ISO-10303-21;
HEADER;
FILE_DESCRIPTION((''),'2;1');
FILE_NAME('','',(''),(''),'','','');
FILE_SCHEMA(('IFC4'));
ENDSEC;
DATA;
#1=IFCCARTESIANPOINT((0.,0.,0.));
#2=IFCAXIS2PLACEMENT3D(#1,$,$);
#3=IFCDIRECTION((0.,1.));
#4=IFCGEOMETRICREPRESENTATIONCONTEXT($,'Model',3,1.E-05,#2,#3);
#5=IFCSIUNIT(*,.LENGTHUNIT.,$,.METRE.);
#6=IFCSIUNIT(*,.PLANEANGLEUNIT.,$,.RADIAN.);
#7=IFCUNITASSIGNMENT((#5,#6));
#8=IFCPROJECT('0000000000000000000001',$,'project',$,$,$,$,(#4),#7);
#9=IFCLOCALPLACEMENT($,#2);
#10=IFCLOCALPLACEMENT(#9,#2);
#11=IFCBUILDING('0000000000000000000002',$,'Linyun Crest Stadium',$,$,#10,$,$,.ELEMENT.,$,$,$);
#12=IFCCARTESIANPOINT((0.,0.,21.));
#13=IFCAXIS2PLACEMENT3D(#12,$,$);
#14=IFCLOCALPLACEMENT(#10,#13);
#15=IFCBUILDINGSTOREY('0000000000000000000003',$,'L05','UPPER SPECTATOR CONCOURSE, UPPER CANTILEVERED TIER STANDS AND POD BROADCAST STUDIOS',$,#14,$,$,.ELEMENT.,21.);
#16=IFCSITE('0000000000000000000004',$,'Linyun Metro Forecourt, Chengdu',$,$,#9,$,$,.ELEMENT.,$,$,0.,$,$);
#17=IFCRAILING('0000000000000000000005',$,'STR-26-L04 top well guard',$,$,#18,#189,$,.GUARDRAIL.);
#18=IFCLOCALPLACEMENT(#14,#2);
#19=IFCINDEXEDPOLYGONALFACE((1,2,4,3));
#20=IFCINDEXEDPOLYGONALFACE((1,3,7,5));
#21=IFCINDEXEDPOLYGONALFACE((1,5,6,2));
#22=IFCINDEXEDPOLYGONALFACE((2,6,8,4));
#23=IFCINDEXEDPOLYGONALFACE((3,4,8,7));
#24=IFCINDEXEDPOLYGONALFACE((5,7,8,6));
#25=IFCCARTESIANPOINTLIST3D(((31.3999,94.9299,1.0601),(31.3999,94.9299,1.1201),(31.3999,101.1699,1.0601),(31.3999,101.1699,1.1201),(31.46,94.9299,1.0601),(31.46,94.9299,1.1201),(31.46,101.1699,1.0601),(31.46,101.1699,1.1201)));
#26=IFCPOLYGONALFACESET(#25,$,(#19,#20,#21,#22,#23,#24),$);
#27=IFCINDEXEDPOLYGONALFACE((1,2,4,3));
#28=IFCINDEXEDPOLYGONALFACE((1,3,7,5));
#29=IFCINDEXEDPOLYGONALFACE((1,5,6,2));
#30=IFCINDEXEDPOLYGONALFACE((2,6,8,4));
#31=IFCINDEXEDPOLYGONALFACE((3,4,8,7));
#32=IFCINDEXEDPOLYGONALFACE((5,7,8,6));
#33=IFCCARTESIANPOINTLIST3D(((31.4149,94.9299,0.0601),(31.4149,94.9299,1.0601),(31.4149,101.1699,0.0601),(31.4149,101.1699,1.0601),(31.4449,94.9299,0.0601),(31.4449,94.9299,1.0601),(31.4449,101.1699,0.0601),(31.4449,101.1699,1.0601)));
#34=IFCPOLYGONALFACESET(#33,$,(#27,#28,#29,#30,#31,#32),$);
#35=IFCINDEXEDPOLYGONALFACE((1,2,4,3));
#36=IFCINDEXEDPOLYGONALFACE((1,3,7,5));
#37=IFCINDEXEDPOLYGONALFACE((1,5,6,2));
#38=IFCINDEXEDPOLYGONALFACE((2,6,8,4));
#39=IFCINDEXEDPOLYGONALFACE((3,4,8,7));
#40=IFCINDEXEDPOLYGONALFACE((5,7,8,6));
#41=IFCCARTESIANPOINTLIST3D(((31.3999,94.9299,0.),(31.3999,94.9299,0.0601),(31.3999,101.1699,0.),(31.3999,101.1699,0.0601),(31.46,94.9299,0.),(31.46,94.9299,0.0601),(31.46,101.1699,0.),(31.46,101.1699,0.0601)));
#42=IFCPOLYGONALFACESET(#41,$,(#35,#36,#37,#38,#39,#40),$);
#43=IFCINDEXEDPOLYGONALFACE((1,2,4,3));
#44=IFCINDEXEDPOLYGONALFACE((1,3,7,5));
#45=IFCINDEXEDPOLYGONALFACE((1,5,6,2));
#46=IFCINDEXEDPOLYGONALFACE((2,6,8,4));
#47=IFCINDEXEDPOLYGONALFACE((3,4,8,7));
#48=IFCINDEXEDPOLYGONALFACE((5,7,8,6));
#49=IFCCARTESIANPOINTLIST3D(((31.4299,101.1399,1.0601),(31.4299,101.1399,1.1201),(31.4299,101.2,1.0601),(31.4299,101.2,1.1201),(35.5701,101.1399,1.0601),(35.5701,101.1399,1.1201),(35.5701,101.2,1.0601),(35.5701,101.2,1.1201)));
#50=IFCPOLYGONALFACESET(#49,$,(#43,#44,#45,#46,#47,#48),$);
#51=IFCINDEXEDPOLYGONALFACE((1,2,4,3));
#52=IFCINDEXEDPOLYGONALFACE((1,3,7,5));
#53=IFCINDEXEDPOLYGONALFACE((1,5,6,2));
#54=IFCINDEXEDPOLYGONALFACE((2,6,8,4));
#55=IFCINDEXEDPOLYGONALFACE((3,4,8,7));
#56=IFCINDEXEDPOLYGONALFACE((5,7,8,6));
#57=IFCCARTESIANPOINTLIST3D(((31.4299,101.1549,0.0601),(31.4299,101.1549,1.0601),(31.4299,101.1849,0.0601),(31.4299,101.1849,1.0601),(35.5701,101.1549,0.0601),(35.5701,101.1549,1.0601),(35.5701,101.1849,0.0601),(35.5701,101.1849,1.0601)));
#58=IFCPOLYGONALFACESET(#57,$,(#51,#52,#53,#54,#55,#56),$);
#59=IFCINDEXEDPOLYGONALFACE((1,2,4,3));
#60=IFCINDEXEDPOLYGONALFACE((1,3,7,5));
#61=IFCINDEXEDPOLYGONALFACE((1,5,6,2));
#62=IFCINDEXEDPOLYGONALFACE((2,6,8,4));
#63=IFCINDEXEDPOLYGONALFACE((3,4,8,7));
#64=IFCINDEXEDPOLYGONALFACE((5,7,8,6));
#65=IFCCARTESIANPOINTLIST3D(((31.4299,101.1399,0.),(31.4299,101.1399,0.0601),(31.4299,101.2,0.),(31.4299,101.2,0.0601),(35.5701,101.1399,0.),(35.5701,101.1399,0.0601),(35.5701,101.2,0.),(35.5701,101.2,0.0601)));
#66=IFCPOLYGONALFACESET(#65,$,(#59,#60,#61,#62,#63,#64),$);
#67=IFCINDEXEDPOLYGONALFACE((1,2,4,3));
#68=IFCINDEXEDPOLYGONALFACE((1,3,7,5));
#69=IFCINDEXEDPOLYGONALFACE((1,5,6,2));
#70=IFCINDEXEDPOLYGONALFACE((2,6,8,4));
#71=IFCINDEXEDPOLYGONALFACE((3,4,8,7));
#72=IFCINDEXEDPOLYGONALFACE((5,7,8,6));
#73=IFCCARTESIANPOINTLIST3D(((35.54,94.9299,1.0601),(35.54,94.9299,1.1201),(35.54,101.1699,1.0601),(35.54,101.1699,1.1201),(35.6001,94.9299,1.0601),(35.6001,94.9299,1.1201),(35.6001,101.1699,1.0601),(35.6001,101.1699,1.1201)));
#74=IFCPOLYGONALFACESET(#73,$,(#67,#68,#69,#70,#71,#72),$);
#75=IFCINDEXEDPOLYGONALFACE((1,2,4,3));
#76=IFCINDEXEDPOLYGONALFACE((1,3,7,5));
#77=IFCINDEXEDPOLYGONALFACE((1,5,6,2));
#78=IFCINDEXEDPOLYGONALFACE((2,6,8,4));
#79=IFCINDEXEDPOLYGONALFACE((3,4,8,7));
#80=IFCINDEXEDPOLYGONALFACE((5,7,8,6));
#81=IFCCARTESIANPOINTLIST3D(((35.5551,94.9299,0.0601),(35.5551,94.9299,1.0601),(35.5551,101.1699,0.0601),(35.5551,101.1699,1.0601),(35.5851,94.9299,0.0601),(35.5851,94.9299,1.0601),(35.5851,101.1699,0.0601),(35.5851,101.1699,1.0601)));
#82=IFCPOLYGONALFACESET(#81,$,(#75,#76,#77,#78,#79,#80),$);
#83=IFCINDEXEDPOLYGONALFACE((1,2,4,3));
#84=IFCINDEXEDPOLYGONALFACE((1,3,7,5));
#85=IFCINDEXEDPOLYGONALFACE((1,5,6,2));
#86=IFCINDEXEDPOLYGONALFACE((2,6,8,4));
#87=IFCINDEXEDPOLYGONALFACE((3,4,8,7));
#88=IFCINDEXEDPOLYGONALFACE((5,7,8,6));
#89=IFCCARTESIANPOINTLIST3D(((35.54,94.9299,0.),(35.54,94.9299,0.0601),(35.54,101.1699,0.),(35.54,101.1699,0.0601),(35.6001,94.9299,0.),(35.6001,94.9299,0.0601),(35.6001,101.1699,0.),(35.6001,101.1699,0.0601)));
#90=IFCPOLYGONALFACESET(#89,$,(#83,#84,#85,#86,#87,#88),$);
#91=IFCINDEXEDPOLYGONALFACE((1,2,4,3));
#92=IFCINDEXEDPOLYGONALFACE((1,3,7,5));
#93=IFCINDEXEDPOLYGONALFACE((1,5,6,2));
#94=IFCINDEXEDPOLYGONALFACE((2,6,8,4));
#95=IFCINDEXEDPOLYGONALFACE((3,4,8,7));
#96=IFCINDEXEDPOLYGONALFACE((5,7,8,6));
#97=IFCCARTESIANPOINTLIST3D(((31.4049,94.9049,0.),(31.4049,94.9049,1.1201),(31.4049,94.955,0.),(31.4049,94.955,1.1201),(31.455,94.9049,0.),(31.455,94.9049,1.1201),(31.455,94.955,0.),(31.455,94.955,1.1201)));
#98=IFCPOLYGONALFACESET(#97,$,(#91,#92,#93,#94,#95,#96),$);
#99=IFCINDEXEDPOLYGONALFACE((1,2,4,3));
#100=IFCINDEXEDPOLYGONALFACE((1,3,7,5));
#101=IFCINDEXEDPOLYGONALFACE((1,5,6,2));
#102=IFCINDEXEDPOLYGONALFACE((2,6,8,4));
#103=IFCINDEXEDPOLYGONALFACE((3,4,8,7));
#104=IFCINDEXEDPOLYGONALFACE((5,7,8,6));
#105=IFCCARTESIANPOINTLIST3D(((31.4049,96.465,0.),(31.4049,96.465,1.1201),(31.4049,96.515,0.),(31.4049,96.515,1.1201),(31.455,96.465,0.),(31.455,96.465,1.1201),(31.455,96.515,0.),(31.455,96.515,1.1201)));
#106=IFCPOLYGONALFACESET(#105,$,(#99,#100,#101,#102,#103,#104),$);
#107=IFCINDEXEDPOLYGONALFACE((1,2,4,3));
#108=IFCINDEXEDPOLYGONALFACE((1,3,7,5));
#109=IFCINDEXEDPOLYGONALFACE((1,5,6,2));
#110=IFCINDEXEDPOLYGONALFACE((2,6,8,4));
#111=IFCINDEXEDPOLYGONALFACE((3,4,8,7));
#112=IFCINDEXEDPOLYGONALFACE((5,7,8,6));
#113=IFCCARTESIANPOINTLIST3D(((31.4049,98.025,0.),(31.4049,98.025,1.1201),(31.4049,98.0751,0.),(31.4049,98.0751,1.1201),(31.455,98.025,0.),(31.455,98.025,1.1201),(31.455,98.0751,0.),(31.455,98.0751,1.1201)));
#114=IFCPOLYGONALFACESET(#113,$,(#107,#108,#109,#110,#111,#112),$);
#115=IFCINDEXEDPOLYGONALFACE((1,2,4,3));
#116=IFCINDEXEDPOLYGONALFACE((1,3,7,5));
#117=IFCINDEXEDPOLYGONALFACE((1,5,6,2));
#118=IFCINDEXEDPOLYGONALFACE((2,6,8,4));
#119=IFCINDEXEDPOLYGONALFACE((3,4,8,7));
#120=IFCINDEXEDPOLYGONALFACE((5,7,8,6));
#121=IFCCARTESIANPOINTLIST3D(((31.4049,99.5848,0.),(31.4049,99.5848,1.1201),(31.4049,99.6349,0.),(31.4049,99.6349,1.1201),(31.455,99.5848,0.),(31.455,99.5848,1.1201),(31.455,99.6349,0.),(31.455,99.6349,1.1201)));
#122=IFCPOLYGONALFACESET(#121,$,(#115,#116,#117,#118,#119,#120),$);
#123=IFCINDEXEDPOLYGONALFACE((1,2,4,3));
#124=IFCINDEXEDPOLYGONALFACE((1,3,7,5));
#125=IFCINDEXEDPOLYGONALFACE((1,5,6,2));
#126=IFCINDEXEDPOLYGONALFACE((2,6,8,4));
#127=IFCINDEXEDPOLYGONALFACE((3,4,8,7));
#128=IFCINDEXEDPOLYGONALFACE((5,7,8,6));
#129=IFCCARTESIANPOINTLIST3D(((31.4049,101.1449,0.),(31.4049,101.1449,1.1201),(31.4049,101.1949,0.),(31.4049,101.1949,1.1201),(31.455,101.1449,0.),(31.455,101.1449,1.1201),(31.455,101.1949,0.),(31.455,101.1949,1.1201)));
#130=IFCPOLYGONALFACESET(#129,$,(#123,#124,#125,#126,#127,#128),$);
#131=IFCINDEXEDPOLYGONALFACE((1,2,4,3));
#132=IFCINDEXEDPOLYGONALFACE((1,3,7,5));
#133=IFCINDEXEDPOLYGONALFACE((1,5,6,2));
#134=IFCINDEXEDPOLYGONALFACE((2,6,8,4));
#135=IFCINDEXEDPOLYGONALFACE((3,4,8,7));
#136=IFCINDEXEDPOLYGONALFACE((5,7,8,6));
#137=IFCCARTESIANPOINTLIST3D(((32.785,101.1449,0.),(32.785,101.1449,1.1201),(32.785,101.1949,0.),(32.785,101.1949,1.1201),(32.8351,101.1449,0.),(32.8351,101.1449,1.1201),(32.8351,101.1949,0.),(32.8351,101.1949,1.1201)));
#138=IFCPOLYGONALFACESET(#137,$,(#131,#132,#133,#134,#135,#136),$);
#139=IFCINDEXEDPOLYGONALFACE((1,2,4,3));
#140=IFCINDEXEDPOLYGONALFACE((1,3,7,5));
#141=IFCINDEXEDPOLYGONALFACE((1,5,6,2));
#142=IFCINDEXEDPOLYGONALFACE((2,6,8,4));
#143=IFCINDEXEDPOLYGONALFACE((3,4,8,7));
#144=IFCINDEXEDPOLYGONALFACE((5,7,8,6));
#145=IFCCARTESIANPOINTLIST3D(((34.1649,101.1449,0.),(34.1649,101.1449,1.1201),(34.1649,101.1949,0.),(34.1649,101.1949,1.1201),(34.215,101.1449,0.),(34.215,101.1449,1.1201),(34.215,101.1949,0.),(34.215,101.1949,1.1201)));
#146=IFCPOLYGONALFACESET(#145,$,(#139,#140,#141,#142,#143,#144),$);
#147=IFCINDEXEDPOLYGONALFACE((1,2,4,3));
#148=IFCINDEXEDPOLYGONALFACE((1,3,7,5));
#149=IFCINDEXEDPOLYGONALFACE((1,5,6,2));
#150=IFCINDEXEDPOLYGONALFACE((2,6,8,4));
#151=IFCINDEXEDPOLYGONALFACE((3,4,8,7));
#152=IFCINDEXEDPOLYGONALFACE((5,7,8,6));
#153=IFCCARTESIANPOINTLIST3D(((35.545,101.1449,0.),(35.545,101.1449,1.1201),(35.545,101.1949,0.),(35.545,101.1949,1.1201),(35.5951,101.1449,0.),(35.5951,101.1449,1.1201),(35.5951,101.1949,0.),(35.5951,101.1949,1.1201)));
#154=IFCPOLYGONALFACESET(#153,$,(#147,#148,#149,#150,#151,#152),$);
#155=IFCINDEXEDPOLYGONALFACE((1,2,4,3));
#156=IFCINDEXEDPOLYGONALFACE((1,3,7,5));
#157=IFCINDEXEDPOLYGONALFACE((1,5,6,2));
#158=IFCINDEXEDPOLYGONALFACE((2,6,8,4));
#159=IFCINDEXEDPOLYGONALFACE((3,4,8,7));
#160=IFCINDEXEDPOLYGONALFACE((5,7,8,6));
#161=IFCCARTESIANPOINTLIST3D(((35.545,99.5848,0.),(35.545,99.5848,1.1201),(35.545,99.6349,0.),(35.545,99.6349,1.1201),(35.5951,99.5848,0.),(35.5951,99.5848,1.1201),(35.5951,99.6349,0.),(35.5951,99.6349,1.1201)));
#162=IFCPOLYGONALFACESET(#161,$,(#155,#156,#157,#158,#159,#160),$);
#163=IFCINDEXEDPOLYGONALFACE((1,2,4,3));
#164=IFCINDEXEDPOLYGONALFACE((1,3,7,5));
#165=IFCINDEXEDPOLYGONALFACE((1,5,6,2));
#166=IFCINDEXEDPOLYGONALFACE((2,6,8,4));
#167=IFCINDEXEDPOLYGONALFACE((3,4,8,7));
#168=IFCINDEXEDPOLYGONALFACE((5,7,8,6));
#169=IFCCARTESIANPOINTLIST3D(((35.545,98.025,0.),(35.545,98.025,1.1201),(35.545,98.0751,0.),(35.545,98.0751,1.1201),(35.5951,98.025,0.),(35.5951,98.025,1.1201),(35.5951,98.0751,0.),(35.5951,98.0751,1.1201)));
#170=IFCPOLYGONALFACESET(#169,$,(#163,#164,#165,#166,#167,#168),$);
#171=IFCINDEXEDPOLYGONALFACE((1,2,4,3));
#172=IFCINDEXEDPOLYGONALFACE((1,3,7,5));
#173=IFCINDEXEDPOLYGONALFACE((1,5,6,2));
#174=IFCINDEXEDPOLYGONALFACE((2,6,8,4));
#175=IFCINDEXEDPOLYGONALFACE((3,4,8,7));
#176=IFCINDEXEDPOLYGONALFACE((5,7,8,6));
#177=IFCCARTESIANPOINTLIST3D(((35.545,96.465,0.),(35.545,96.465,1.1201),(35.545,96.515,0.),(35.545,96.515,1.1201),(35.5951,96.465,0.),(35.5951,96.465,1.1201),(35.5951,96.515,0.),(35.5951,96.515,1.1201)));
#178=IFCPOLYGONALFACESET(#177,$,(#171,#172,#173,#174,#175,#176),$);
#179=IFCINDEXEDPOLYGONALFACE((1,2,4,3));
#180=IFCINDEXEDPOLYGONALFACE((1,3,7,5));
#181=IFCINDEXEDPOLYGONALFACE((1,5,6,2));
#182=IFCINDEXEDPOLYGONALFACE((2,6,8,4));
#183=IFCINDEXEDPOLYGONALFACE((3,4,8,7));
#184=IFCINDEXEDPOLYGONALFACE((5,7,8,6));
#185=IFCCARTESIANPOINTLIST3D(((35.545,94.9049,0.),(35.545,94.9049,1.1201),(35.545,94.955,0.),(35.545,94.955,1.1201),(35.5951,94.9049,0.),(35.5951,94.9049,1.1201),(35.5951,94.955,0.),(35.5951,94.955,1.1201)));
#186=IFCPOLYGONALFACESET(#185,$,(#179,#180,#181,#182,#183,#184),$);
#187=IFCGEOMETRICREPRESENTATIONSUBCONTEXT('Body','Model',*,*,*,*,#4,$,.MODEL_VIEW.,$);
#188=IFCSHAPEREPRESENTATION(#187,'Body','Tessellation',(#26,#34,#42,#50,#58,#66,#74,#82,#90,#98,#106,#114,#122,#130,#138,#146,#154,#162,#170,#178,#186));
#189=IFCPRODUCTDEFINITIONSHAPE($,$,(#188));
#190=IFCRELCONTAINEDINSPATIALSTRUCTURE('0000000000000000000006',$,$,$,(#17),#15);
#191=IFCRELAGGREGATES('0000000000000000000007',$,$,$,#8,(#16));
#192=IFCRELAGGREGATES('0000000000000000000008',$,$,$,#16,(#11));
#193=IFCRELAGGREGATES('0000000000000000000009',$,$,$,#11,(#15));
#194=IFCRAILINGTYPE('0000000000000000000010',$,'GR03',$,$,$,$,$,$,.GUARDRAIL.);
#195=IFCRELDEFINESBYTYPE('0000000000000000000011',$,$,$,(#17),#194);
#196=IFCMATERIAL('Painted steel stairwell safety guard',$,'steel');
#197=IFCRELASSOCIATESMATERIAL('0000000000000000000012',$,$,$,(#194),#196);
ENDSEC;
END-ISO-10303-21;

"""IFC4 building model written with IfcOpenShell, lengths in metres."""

from ifc_helpers import new_model, si_unit, direction, frame, origin, origin_2d, place, context, subcontext, project, spatial, rectangle, extrude, material, type_object, element, save


model = new_model("IFC4")

# Units and contexts
model_context = context("Model", 3, precision=1e-05, world=origin(), true_north=direction((0.0, 1.0)))
body_context = subcontext(model_context, "Body", "Model", "MODEL_VIEW")
ifc_project = project(units=[si_unit("LENGTHUNIT", "METRE"), si_unit("PLANEANGLEUNIT", "RADIAN")], contexts=[model_context])

# Site, building, storey
site_placement = place(None, origin())
site = spatial("IfcSite", under=ifc_project, at=site_placement, Name="Linyun Metro Forecourt, Chengdu", CompositionType="ELEMENT", RefElevation=0.0)
building_placement = place(site_placement, origin())
building = spatial("IfcBuilding", under=site, at=building_placement, Name="Linyun Crest Stadium", CompositionType="ELEMENT")
storey_placement = place(building_placement, frame((0.0, 0.0, 21.0)))
storey = spatial("IfcBuildingStorey", under=building, at=storey_placement, Name="L05", Description="UPPER SPECTATOR CONCOURSE, UPPER CANTILEVERED TIER STANDS AND POD BROADCAST STUDIOS", CompositionType="ELEMENT", Elevation=21.0)

# Railing
ifc_material_1 = material(Name="Painted steel stairwell safety guard", Category="steel")
railing_type_1 = type_object("IfcRailingType", Name="GR03", PredefinedType="GUARDRAIL", material=ifc_material_1)
railing_1_placement = place(storey_placement, frame((31.4299, 94.9299, 0.0)))
element("IfcRailing", 1, at=railing_1_placement, inside=storey, type_object=railing_type_1, Name="STR-26-L04 top well guard", PredefinedType="GUARDRAIL", context=body_context, shape_type="SweptSolid", body=[
    extrude(rectangle(XDim=0.0601, YDim=0.0601, at=origin_2d()), frame((0.0, 0.0, 1.0901), z_axis=(0.0, 1.0, 0.0), x_axis=(-1.0, 0.0, 0.0)), (0.0, 0.0, 1.0), 6.24),
    extrude(rectangle(XDim=0.03, YDim=1.0, at=origin_2d()), frame((0.0, 0.0, 0.5601), z_axis=(0.0, 1.0, 0.0), x_axis=(-1.0, 0.0, 0.0)), (0.0, 0.0, 1.0), 6.24),
    extrude(rectangle(XDim=0.0601, YDim=0.0601, at=origin_2d()), frame((0.0, 0.0, 0.03), z_axis=(0.0, 1.0, 0.0), x_axis=(-1.0, 0.0, 0.0)), (0.0, 0.0, 1.0), 6.24),
    extrude(rectangle(XDim=0.0601, YDim=0.0601, at=origin_2d()), frame((0.0, 6.24, 1.0901), z_axis=(1.0, 0.0, 0.0), x_axis=(0.0, 1.0, 0.0)), (0.0, 0.0, 1.0), 4.1401),
    extrude(rectangle(XDim=0.03, YDim=1.0, at=origin_2d()), frame((0.0, 6.24, 0.5601), z_axis=(1.0, 0.0, 0.0), x_axis=(0.0, 1.0, 0.0)), (0.0, 0.0, 1.0), 4.1401),
    extrude(rectangle(XDim=0.0601, YDim=0.0601, at=origin_2d()), frame((0.0, 6.24, 0.03), z_axis=(1.0, 0.0, 0.0), x_axis=(0.0, 1.0, 0.0)), (0.0, 0.0, 1.0), 4.1401),
    extrude(rectangle(XDim=0.0601, YDim=0.0601, at=origin_2d()), frame((4.1401, 6.24, 1.0901), z_axis=(0.0, -1.0, 0.0), x_axis=(1.0, 0.0, 0.0)), (0.0, 0.0, 1.0), 6.24),
    extrude(rectangle(XDim=0.03, YDim=1.0, at=origin_2d()), frame((4.1401, 6.24, 0.5601), z_axis=(0.0, -1.0, 0.0), x_axis=(1.0, 0.0, 0.0)), (0.0, 0.0, 1.0), 6.24),
    extrude(rectangle(XDim=0.0601, YDim=0.0601, at=origin_2d()), frame((4.1401, 6.24, 0.03), z_axis=(0.0, -1.0, 0.0), x_axis=(1.0, 0.0, 0.0)), (0.0, 0.0, 1.0), 6.24),
    extrude(rectangle(XDim=0.05, YDim=0.05, at=origin_2d()), origin(), (0.0, 0.0, 1.0), 1.1201),
    extrude(rectangle(XDim=0.05, YDim=0.05, at=origin_2d()), frame((0.0, 1.5601, 0.0)), (0.0, 0.0, 1.0), 1.1201),
    extrude(rectangle(XDim=0.05, YDim=0.05, at=origin_2d()), frame((0.0, 3.1201, 0.0)), (0.0, 0.0, 1.0), 1.1201),
    extrude(rectangle(XDim=0.05, YDim=0.05, at=origin_2d()), frame((0.0, 4.6799, 0.0)), (0.0, 0.0, 1.0), 1.1201),
    extrude(rectangle(XDim=0.05, YDim=0.05, at=origin_2d()), frame((0.0, 6.24, 0.0)), (0.0, 0.0, 1.0), 1.1201),
    extrude(rectangle(XDim=0.05, YDim=0.05, at=origin_2d()), frame((1.3801, 6.24, 0.0)), (0.0, 0.0, 1.0), 1.1201),
    extrude(rectangle(XDim=0.05, YDim=0.05, at=origin_2d()), frame((2.76, 6.24, 0.0)), (0.0, 0.0, 1.0), 1.1201),
    extrude(rectangle(XDim=0.05, YDim=0.05, at=origin_2d()), frame((4.1401, 6.24, 0.0)), (0.0, 0.0, 1.0), 1.1201),
    extrude(rectangle(XDim=0.05, YDim=0.05, at=origin_2d()), frame((4.1401, 4.6799, 0.0)), (0.0, 0.0, 1.0), 1.1201),
    extrude(rectangle(XDim=0.05, YDim=0.05, at=origin_2d()), frame((4.1401, 3.1201, 0.0)), (0.0, 0.0, 1.0), 1.1201),
    extrude(rectangle(XDim=0.05, YDim=0.05, at=origin_2d()), frame((4.1401, 1.5601, 0.0)), (0.0, 0.0, 1.0), 1.1201),
    extrude(rectangle(XDim=0.05, YDim=0.05, at=origin_2d()), frame((4.1401, 0.0, 0.0)), (0.0, 0.0, 1.0), 1.1201),
])

save(model, "model.ifc")
